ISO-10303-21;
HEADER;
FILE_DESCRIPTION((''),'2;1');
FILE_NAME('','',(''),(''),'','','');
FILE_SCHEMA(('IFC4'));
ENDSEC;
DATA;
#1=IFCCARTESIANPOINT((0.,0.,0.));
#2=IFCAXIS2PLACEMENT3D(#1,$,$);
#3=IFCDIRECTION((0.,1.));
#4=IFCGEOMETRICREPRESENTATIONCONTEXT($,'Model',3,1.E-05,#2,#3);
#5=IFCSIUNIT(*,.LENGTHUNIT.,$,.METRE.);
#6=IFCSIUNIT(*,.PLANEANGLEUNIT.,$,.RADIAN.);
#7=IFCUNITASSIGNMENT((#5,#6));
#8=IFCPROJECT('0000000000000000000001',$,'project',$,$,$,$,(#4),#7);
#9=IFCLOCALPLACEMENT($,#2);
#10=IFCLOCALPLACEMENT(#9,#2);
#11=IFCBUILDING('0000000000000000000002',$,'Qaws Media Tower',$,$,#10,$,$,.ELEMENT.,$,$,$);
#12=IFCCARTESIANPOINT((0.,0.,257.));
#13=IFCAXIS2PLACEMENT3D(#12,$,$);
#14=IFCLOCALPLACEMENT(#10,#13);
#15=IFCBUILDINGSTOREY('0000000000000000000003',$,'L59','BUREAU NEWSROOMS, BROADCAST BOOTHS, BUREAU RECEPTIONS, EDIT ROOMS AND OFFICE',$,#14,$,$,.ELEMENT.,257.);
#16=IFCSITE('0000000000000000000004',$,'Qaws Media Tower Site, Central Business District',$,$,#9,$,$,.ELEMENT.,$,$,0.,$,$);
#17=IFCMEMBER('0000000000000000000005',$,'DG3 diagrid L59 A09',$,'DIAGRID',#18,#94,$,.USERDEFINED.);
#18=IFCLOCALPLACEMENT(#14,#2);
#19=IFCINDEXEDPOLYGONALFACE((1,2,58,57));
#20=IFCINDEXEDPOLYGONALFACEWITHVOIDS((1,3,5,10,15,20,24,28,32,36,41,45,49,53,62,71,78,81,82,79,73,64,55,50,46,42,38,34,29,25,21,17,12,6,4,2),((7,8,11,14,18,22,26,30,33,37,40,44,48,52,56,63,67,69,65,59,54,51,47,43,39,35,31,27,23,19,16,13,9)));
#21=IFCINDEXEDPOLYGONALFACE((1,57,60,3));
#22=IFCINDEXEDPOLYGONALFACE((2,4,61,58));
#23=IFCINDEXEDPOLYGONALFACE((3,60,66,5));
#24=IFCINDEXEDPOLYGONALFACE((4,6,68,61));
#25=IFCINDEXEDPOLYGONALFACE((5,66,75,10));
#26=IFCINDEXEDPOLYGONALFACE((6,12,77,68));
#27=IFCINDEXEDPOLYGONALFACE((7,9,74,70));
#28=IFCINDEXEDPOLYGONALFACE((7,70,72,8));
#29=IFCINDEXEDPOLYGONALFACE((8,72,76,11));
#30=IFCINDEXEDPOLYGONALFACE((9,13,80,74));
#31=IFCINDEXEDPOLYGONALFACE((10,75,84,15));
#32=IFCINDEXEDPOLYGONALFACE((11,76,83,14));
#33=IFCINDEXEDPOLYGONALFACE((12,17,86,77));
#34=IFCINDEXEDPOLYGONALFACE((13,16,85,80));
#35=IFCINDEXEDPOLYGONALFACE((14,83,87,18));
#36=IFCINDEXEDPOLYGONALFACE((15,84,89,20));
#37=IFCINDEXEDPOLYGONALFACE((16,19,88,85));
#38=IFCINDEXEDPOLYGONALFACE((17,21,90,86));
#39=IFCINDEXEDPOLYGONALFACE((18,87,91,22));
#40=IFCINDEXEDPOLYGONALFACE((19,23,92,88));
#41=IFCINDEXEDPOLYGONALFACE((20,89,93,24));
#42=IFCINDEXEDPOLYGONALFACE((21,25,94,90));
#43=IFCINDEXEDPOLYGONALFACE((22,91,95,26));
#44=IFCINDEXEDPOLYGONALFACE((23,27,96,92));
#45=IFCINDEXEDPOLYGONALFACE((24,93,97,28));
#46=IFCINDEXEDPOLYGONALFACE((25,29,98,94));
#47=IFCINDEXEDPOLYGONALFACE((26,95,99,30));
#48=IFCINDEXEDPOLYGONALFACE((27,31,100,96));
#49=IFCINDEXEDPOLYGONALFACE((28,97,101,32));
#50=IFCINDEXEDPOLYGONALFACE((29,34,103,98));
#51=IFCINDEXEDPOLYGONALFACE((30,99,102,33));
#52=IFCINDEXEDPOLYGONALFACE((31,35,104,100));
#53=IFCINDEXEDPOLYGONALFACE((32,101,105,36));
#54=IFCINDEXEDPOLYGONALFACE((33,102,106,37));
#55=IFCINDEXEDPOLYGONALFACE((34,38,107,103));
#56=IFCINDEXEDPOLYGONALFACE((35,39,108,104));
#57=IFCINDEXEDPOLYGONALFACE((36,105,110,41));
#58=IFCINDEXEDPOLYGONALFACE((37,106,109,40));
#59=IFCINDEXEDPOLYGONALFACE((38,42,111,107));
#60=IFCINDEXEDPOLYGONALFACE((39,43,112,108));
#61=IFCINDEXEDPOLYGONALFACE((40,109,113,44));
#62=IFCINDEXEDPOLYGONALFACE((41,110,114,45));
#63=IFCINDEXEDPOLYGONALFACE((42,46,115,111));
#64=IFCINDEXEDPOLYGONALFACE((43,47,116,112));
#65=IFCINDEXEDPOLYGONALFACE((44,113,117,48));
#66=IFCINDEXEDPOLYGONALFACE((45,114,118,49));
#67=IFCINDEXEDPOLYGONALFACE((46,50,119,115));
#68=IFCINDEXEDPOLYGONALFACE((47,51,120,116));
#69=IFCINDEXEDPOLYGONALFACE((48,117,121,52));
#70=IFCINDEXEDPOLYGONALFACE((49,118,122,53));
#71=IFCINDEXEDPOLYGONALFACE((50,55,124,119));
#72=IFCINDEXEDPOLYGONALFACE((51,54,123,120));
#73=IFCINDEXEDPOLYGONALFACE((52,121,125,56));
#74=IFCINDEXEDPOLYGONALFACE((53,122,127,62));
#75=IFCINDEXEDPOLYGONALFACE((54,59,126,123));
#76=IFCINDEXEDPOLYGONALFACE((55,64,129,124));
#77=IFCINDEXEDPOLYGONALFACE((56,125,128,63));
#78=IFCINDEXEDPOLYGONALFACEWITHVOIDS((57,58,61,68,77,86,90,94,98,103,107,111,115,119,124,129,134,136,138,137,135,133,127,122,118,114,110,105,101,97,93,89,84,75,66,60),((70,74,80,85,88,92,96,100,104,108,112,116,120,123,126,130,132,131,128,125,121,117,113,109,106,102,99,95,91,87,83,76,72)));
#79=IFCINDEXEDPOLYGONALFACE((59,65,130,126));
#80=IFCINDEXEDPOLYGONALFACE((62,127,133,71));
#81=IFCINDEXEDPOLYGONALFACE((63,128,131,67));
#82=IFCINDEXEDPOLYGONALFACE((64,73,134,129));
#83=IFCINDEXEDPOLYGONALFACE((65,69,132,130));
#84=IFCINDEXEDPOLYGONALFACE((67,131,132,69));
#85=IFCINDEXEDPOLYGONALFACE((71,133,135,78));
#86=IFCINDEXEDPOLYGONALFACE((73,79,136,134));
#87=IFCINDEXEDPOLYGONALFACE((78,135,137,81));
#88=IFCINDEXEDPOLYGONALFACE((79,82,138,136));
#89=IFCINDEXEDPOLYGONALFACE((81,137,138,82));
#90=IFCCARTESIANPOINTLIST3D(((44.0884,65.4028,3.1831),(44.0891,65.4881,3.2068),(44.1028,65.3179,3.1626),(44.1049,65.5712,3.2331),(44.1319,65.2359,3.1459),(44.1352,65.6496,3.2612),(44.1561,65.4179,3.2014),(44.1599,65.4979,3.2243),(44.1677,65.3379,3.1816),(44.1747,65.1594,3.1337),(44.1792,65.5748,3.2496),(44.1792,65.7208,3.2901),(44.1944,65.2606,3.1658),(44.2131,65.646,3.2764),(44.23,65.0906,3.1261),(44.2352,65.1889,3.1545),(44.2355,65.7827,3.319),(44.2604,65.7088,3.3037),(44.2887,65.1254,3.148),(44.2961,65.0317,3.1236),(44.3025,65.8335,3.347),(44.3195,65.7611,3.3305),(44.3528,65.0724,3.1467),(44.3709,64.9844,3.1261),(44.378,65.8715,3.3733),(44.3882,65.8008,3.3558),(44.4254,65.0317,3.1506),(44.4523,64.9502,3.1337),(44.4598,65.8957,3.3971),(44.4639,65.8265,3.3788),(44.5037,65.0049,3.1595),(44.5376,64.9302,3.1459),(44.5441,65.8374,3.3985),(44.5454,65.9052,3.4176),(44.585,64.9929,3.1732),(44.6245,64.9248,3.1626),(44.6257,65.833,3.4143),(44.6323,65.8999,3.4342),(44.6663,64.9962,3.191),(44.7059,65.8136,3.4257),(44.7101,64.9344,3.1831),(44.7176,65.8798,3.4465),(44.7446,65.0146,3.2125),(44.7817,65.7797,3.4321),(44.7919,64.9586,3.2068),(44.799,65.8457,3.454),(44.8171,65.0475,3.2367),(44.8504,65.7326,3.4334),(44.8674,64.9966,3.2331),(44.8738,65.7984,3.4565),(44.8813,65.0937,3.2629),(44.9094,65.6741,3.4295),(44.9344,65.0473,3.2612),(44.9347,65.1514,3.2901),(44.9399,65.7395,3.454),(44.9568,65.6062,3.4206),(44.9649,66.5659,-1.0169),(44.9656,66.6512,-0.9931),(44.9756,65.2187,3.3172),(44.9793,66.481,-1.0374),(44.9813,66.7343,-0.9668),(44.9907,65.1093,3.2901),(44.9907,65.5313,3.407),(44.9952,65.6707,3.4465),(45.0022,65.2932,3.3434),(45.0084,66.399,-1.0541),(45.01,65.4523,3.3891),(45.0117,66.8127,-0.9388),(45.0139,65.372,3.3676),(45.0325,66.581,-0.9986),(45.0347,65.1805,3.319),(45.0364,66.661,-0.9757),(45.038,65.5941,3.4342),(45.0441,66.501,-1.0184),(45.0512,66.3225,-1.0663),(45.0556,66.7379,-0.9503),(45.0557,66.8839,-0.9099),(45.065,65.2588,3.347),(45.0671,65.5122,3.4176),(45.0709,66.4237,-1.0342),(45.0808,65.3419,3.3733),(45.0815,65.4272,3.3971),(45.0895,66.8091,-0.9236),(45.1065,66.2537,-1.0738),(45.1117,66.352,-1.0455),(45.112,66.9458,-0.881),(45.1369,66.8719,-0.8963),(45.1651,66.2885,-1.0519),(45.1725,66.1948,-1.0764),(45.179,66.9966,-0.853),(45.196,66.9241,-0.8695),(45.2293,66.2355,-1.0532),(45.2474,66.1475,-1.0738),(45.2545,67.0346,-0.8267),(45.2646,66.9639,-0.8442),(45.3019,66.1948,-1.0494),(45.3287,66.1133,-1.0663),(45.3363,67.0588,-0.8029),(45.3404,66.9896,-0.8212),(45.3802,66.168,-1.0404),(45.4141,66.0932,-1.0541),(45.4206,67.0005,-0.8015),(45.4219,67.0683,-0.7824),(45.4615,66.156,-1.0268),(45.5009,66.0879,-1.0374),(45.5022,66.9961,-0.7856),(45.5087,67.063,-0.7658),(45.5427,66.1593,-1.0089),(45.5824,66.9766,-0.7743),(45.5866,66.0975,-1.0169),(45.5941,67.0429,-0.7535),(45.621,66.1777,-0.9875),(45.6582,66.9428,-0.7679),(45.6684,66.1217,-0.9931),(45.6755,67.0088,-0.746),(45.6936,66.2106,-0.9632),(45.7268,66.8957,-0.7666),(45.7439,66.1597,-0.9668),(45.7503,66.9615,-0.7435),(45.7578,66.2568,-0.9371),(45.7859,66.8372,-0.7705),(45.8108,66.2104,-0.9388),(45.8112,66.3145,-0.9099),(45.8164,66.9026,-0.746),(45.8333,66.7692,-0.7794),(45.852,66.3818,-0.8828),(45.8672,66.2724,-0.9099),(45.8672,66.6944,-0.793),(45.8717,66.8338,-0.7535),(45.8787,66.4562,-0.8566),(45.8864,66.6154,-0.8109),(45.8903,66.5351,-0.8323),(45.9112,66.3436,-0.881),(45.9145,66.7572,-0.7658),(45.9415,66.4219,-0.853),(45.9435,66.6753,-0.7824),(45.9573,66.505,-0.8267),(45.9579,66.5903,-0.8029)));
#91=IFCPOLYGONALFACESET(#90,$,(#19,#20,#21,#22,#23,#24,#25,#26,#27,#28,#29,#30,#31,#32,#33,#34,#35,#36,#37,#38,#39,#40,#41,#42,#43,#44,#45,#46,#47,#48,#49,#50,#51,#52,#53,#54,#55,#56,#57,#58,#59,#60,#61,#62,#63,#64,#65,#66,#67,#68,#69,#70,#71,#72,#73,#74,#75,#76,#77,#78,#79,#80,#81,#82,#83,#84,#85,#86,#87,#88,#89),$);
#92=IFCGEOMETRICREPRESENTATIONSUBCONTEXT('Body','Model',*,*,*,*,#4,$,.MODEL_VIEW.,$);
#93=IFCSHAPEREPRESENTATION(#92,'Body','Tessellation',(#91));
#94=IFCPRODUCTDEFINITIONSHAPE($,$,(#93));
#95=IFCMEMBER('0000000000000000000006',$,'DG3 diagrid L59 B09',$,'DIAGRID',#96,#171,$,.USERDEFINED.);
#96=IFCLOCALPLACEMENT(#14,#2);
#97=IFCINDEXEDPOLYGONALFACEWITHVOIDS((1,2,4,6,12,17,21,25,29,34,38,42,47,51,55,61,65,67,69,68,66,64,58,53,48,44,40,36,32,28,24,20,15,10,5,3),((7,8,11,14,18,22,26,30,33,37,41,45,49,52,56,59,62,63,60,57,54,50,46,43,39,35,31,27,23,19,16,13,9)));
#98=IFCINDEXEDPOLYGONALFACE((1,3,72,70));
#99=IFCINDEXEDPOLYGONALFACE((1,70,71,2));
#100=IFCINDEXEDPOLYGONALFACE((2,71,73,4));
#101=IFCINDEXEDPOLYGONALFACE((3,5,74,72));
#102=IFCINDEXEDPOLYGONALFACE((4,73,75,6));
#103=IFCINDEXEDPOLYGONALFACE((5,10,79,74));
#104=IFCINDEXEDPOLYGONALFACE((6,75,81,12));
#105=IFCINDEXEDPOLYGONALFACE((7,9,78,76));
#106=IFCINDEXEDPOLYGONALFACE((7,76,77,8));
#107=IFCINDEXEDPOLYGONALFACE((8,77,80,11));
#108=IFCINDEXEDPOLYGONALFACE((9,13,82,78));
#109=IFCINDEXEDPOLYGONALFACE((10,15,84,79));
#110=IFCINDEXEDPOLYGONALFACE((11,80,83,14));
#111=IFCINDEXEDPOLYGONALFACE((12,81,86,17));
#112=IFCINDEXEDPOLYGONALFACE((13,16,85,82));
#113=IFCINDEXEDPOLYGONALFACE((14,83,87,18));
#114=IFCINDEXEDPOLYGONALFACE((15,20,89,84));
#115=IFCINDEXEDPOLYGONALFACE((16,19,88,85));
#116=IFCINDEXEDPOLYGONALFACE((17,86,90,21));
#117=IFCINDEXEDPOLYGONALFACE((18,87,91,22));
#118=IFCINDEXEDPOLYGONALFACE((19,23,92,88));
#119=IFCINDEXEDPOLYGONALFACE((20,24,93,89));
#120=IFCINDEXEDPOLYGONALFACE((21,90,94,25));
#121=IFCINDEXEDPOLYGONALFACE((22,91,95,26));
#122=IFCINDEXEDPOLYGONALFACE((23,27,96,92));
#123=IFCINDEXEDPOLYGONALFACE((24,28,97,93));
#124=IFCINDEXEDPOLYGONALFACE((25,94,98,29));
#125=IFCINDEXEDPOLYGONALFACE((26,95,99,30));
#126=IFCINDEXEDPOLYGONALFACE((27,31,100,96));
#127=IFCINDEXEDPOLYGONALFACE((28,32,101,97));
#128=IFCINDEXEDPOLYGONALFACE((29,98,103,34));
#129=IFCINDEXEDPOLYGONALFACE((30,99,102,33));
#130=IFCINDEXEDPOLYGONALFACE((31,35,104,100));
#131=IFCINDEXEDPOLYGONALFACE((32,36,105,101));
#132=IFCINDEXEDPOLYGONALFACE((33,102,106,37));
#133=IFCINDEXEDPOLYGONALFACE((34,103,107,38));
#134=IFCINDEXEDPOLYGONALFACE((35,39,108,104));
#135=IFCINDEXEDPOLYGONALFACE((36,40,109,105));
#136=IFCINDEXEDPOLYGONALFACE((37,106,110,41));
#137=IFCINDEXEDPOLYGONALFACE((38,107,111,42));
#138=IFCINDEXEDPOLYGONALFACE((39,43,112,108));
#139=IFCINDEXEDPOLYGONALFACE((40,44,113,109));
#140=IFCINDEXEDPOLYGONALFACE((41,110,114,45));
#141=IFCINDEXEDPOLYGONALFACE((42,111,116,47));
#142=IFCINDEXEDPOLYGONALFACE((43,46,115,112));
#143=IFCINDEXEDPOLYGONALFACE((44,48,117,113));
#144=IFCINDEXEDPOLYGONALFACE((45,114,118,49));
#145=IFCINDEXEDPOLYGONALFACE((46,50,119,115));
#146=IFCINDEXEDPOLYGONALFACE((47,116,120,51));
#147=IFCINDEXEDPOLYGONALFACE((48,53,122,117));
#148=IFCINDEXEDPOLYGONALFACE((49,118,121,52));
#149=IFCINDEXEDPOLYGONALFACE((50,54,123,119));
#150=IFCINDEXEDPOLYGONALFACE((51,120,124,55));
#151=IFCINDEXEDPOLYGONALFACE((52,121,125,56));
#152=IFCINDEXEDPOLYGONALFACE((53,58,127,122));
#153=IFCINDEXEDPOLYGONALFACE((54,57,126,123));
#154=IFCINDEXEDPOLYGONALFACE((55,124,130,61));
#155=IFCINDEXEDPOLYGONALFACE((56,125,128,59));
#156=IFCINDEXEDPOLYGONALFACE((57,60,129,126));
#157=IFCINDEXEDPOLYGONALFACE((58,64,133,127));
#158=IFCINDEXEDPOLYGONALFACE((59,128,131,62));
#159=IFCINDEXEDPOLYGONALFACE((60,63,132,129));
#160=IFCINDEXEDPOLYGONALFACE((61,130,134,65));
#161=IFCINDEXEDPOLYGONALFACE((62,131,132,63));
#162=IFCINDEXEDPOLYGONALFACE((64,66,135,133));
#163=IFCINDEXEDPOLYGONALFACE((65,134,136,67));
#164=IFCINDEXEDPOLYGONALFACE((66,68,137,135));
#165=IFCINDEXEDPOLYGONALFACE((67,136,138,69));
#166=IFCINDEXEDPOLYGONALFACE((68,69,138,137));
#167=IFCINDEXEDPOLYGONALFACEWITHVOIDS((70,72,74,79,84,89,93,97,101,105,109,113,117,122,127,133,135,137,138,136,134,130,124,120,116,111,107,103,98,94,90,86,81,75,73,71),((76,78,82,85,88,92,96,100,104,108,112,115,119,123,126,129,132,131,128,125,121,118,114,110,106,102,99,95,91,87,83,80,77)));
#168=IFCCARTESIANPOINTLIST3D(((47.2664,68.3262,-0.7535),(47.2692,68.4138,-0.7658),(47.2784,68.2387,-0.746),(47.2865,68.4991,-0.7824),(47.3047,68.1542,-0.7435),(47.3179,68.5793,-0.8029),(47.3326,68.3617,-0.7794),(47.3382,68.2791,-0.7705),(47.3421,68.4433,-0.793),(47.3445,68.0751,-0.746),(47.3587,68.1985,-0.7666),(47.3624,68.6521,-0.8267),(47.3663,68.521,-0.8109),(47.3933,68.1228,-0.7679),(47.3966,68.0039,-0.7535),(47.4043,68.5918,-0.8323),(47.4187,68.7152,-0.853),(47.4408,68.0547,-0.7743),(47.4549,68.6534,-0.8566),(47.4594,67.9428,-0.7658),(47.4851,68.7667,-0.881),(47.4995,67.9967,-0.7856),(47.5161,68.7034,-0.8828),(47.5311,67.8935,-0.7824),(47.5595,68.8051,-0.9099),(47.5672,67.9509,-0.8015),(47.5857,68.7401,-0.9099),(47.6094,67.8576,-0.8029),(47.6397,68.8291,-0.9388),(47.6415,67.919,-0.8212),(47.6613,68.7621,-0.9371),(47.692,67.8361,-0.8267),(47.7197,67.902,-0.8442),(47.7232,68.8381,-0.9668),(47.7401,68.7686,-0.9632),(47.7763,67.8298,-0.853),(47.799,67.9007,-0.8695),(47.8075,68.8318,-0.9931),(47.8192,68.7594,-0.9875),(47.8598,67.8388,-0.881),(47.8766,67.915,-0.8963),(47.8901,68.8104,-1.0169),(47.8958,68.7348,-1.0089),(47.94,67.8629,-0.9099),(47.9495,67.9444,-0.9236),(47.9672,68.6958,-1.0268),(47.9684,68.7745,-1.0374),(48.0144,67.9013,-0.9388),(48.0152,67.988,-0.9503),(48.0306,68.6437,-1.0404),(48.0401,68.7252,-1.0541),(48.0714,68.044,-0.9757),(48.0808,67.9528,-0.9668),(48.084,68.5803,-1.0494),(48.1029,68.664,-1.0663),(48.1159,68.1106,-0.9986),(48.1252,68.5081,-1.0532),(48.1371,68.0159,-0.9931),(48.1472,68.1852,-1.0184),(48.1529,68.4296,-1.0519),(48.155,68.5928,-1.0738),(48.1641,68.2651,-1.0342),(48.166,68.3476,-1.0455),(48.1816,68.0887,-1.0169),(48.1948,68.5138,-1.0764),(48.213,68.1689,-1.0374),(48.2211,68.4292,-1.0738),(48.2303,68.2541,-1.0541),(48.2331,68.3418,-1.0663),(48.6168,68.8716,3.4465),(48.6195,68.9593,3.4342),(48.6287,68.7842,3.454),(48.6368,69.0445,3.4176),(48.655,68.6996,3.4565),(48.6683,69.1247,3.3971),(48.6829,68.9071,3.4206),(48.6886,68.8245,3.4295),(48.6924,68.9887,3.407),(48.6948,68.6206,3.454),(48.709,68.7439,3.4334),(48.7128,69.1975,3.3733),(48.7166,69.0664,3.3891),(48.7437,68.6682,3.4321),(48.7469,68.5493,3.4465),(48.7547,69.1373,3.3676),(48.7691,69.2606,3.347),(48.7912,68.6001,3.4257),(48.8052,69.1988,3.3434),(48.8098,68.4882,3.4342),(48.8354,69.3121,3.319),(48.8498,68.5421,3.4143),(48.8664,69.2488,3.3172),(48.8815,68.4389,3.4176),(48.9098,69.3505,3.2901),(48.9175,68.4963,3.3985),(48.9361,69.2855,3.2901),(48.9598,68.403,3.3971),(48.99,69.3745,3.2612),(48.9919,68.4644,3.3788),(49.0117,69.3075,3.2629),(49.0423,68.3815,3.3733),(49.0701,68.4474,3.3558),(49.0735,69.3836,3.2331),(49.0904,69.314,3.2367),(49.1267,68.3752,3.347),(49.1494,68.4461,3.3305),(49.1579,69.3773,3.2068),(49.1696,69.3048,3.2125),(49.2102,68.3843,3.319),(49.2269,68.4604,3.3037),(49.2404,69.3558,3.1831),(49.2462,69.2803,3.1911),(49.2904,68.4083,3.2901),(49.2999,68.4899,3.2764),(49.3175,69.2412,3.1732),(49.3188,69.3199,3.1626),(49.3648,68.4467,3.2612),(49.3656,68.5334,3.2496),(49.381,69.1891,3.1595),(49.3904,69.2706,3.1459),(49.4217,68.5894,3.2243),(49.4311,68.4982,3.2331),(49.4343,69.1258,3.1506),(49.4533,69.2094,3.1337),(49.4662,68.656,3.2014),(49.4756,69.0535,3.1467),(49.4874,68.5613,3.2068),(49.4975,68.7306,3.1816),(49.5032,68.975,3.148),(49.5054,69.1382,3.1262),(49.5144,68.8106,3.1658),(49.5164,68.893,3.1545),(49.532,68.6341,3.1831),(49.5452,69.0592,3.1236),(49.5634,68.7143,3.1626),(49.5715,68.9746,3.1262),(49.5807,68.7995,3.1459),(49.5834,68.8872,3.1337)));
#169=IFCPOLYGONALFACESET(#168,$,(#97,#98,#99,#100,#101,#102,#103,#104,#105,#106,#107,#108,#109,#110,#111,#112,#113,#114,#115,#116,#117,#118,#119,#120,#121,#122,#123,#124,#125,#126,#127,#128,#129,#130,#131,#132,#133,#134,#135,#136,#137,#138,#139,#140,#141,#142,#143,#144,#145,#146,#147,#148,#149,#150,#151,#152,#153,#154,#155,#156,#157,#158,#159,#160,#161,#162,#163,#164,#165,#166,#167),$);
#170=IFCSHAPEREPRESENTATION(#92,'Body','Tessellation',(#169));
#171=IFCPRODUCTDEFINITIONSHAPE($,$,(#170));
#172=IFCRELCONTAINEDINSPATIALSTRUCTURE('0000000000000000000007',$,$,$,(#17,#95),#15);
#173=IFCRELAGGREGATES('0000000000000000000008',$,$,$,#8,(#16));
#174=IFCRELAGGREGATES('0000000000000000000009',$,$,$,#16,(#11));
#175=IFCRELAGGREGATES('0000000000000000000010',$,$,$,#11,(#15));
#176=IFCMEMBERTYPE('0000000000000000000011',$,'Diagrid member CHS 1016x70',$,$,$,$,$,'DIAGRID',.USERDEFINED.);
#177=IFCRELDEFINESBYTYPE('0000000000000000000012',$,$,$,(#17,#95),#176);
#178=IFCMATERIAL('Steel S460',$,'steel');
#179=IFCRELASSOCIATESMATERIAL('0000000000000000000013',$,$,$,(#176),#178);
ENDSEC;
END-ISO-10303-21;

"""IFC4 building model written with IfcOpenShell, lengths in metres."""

from ifc_helpers import new_model, si_unit, direction, frame, origin, origin_2d, place, context, subcontext, project, spatial, hollow_circle, extrude, material, material_profile, profile_set, type_object, element, save


model = new_model("IFC4")

# Units and contexts
model_context = context("Model", 3, precision=1e-05, world=origin(), true_north=direction((0.0, 1.0)))
body_context = subcontext(model_context, "Body", "Model", "MODEL_VIEW")
ifc_project = project(units=[si_unit("LENGTHUNIT", "METRE"), si_unit("PLANEANGLEUNIT", "RADIAN")], contexts=[model_context])

# Site, building, storey
site_placement = place(None, origin())
site = spatial("IfcSite", under=ifc_project, at=site_placement, Name="Qaws Media Tower Site, Central Business District", CompositionType="ELEMENT", RefElevation=0.0)
building_placement = place(site_placement, origin())
building = spatial("IfcBuilding", under=site, at=building_placement, Name="Qaws Media Tower", CompositionType="ELEMENT")
storey_placement = place(building_placement, frame((0.0, 0.0, 257.0)))
storey = spatial("IfcBuildingStorey", under=building, at=storey_placement, Name="L59", Description="BUREAU NEWSROOMS, BROADCAST BOOTHS, BUREAU RECEPTIONS, EDIT ROOMS AND OFFICE", CompositionType="ELEMENT", Elevation=257.0)

# Members
ifc_material_1 = material(Name="Steel S460", Category="steel")
ifc_material_profile_1 = material_profile(ifc_material_1, hollow_circle(Radius=0.5081, WallThickness=0.0701, at=origin_2d()), Name="CHS 1016x70")
ifc_profile_set_1 = profile_set([ifc_material_profile_1], Name="Steel S460")
member_type_1 = type_object("IfcMemberType", Name="Diagrid member CHS 1016x70", ElementType="DIAGRID", PredefinedType="USERDEFINED", material=ifc_profile_set_1)
for number, where, z_axis, x_axis, name in (
    (1, (45.4614, 66.5781, -0.9099), (-0.197167, -0.261645, 0.944811), (0.79863, -0.601822, 0.0), "DG3 diagrid L59 A09"),
    (2, (47.7498, 68.334, -0.9099), (0.30377, 0.122694, 0.944812), (-0.37451, 0.927223, 0.0), "DG3 diagrid L59 B09"),
):
    element("IfcMember", number, at=place(storey_placement, frame(where, z_axis=z_axis, x_axis=x_axis)), inside=storey, type_object=member_type_1, Name=name, ObjectType="DIAGRID", PredefinedType="USERDEFINED", context=body_context, shape_type="SweptSolid", body=[
        extrude(hollow_circle(Radius=0.5081, WallThickness=0.0701, at=origin_2d()), origin(), (0.0, 0.0, 1.0), 4.4453),
    ])

save(model, "model.ifc")
